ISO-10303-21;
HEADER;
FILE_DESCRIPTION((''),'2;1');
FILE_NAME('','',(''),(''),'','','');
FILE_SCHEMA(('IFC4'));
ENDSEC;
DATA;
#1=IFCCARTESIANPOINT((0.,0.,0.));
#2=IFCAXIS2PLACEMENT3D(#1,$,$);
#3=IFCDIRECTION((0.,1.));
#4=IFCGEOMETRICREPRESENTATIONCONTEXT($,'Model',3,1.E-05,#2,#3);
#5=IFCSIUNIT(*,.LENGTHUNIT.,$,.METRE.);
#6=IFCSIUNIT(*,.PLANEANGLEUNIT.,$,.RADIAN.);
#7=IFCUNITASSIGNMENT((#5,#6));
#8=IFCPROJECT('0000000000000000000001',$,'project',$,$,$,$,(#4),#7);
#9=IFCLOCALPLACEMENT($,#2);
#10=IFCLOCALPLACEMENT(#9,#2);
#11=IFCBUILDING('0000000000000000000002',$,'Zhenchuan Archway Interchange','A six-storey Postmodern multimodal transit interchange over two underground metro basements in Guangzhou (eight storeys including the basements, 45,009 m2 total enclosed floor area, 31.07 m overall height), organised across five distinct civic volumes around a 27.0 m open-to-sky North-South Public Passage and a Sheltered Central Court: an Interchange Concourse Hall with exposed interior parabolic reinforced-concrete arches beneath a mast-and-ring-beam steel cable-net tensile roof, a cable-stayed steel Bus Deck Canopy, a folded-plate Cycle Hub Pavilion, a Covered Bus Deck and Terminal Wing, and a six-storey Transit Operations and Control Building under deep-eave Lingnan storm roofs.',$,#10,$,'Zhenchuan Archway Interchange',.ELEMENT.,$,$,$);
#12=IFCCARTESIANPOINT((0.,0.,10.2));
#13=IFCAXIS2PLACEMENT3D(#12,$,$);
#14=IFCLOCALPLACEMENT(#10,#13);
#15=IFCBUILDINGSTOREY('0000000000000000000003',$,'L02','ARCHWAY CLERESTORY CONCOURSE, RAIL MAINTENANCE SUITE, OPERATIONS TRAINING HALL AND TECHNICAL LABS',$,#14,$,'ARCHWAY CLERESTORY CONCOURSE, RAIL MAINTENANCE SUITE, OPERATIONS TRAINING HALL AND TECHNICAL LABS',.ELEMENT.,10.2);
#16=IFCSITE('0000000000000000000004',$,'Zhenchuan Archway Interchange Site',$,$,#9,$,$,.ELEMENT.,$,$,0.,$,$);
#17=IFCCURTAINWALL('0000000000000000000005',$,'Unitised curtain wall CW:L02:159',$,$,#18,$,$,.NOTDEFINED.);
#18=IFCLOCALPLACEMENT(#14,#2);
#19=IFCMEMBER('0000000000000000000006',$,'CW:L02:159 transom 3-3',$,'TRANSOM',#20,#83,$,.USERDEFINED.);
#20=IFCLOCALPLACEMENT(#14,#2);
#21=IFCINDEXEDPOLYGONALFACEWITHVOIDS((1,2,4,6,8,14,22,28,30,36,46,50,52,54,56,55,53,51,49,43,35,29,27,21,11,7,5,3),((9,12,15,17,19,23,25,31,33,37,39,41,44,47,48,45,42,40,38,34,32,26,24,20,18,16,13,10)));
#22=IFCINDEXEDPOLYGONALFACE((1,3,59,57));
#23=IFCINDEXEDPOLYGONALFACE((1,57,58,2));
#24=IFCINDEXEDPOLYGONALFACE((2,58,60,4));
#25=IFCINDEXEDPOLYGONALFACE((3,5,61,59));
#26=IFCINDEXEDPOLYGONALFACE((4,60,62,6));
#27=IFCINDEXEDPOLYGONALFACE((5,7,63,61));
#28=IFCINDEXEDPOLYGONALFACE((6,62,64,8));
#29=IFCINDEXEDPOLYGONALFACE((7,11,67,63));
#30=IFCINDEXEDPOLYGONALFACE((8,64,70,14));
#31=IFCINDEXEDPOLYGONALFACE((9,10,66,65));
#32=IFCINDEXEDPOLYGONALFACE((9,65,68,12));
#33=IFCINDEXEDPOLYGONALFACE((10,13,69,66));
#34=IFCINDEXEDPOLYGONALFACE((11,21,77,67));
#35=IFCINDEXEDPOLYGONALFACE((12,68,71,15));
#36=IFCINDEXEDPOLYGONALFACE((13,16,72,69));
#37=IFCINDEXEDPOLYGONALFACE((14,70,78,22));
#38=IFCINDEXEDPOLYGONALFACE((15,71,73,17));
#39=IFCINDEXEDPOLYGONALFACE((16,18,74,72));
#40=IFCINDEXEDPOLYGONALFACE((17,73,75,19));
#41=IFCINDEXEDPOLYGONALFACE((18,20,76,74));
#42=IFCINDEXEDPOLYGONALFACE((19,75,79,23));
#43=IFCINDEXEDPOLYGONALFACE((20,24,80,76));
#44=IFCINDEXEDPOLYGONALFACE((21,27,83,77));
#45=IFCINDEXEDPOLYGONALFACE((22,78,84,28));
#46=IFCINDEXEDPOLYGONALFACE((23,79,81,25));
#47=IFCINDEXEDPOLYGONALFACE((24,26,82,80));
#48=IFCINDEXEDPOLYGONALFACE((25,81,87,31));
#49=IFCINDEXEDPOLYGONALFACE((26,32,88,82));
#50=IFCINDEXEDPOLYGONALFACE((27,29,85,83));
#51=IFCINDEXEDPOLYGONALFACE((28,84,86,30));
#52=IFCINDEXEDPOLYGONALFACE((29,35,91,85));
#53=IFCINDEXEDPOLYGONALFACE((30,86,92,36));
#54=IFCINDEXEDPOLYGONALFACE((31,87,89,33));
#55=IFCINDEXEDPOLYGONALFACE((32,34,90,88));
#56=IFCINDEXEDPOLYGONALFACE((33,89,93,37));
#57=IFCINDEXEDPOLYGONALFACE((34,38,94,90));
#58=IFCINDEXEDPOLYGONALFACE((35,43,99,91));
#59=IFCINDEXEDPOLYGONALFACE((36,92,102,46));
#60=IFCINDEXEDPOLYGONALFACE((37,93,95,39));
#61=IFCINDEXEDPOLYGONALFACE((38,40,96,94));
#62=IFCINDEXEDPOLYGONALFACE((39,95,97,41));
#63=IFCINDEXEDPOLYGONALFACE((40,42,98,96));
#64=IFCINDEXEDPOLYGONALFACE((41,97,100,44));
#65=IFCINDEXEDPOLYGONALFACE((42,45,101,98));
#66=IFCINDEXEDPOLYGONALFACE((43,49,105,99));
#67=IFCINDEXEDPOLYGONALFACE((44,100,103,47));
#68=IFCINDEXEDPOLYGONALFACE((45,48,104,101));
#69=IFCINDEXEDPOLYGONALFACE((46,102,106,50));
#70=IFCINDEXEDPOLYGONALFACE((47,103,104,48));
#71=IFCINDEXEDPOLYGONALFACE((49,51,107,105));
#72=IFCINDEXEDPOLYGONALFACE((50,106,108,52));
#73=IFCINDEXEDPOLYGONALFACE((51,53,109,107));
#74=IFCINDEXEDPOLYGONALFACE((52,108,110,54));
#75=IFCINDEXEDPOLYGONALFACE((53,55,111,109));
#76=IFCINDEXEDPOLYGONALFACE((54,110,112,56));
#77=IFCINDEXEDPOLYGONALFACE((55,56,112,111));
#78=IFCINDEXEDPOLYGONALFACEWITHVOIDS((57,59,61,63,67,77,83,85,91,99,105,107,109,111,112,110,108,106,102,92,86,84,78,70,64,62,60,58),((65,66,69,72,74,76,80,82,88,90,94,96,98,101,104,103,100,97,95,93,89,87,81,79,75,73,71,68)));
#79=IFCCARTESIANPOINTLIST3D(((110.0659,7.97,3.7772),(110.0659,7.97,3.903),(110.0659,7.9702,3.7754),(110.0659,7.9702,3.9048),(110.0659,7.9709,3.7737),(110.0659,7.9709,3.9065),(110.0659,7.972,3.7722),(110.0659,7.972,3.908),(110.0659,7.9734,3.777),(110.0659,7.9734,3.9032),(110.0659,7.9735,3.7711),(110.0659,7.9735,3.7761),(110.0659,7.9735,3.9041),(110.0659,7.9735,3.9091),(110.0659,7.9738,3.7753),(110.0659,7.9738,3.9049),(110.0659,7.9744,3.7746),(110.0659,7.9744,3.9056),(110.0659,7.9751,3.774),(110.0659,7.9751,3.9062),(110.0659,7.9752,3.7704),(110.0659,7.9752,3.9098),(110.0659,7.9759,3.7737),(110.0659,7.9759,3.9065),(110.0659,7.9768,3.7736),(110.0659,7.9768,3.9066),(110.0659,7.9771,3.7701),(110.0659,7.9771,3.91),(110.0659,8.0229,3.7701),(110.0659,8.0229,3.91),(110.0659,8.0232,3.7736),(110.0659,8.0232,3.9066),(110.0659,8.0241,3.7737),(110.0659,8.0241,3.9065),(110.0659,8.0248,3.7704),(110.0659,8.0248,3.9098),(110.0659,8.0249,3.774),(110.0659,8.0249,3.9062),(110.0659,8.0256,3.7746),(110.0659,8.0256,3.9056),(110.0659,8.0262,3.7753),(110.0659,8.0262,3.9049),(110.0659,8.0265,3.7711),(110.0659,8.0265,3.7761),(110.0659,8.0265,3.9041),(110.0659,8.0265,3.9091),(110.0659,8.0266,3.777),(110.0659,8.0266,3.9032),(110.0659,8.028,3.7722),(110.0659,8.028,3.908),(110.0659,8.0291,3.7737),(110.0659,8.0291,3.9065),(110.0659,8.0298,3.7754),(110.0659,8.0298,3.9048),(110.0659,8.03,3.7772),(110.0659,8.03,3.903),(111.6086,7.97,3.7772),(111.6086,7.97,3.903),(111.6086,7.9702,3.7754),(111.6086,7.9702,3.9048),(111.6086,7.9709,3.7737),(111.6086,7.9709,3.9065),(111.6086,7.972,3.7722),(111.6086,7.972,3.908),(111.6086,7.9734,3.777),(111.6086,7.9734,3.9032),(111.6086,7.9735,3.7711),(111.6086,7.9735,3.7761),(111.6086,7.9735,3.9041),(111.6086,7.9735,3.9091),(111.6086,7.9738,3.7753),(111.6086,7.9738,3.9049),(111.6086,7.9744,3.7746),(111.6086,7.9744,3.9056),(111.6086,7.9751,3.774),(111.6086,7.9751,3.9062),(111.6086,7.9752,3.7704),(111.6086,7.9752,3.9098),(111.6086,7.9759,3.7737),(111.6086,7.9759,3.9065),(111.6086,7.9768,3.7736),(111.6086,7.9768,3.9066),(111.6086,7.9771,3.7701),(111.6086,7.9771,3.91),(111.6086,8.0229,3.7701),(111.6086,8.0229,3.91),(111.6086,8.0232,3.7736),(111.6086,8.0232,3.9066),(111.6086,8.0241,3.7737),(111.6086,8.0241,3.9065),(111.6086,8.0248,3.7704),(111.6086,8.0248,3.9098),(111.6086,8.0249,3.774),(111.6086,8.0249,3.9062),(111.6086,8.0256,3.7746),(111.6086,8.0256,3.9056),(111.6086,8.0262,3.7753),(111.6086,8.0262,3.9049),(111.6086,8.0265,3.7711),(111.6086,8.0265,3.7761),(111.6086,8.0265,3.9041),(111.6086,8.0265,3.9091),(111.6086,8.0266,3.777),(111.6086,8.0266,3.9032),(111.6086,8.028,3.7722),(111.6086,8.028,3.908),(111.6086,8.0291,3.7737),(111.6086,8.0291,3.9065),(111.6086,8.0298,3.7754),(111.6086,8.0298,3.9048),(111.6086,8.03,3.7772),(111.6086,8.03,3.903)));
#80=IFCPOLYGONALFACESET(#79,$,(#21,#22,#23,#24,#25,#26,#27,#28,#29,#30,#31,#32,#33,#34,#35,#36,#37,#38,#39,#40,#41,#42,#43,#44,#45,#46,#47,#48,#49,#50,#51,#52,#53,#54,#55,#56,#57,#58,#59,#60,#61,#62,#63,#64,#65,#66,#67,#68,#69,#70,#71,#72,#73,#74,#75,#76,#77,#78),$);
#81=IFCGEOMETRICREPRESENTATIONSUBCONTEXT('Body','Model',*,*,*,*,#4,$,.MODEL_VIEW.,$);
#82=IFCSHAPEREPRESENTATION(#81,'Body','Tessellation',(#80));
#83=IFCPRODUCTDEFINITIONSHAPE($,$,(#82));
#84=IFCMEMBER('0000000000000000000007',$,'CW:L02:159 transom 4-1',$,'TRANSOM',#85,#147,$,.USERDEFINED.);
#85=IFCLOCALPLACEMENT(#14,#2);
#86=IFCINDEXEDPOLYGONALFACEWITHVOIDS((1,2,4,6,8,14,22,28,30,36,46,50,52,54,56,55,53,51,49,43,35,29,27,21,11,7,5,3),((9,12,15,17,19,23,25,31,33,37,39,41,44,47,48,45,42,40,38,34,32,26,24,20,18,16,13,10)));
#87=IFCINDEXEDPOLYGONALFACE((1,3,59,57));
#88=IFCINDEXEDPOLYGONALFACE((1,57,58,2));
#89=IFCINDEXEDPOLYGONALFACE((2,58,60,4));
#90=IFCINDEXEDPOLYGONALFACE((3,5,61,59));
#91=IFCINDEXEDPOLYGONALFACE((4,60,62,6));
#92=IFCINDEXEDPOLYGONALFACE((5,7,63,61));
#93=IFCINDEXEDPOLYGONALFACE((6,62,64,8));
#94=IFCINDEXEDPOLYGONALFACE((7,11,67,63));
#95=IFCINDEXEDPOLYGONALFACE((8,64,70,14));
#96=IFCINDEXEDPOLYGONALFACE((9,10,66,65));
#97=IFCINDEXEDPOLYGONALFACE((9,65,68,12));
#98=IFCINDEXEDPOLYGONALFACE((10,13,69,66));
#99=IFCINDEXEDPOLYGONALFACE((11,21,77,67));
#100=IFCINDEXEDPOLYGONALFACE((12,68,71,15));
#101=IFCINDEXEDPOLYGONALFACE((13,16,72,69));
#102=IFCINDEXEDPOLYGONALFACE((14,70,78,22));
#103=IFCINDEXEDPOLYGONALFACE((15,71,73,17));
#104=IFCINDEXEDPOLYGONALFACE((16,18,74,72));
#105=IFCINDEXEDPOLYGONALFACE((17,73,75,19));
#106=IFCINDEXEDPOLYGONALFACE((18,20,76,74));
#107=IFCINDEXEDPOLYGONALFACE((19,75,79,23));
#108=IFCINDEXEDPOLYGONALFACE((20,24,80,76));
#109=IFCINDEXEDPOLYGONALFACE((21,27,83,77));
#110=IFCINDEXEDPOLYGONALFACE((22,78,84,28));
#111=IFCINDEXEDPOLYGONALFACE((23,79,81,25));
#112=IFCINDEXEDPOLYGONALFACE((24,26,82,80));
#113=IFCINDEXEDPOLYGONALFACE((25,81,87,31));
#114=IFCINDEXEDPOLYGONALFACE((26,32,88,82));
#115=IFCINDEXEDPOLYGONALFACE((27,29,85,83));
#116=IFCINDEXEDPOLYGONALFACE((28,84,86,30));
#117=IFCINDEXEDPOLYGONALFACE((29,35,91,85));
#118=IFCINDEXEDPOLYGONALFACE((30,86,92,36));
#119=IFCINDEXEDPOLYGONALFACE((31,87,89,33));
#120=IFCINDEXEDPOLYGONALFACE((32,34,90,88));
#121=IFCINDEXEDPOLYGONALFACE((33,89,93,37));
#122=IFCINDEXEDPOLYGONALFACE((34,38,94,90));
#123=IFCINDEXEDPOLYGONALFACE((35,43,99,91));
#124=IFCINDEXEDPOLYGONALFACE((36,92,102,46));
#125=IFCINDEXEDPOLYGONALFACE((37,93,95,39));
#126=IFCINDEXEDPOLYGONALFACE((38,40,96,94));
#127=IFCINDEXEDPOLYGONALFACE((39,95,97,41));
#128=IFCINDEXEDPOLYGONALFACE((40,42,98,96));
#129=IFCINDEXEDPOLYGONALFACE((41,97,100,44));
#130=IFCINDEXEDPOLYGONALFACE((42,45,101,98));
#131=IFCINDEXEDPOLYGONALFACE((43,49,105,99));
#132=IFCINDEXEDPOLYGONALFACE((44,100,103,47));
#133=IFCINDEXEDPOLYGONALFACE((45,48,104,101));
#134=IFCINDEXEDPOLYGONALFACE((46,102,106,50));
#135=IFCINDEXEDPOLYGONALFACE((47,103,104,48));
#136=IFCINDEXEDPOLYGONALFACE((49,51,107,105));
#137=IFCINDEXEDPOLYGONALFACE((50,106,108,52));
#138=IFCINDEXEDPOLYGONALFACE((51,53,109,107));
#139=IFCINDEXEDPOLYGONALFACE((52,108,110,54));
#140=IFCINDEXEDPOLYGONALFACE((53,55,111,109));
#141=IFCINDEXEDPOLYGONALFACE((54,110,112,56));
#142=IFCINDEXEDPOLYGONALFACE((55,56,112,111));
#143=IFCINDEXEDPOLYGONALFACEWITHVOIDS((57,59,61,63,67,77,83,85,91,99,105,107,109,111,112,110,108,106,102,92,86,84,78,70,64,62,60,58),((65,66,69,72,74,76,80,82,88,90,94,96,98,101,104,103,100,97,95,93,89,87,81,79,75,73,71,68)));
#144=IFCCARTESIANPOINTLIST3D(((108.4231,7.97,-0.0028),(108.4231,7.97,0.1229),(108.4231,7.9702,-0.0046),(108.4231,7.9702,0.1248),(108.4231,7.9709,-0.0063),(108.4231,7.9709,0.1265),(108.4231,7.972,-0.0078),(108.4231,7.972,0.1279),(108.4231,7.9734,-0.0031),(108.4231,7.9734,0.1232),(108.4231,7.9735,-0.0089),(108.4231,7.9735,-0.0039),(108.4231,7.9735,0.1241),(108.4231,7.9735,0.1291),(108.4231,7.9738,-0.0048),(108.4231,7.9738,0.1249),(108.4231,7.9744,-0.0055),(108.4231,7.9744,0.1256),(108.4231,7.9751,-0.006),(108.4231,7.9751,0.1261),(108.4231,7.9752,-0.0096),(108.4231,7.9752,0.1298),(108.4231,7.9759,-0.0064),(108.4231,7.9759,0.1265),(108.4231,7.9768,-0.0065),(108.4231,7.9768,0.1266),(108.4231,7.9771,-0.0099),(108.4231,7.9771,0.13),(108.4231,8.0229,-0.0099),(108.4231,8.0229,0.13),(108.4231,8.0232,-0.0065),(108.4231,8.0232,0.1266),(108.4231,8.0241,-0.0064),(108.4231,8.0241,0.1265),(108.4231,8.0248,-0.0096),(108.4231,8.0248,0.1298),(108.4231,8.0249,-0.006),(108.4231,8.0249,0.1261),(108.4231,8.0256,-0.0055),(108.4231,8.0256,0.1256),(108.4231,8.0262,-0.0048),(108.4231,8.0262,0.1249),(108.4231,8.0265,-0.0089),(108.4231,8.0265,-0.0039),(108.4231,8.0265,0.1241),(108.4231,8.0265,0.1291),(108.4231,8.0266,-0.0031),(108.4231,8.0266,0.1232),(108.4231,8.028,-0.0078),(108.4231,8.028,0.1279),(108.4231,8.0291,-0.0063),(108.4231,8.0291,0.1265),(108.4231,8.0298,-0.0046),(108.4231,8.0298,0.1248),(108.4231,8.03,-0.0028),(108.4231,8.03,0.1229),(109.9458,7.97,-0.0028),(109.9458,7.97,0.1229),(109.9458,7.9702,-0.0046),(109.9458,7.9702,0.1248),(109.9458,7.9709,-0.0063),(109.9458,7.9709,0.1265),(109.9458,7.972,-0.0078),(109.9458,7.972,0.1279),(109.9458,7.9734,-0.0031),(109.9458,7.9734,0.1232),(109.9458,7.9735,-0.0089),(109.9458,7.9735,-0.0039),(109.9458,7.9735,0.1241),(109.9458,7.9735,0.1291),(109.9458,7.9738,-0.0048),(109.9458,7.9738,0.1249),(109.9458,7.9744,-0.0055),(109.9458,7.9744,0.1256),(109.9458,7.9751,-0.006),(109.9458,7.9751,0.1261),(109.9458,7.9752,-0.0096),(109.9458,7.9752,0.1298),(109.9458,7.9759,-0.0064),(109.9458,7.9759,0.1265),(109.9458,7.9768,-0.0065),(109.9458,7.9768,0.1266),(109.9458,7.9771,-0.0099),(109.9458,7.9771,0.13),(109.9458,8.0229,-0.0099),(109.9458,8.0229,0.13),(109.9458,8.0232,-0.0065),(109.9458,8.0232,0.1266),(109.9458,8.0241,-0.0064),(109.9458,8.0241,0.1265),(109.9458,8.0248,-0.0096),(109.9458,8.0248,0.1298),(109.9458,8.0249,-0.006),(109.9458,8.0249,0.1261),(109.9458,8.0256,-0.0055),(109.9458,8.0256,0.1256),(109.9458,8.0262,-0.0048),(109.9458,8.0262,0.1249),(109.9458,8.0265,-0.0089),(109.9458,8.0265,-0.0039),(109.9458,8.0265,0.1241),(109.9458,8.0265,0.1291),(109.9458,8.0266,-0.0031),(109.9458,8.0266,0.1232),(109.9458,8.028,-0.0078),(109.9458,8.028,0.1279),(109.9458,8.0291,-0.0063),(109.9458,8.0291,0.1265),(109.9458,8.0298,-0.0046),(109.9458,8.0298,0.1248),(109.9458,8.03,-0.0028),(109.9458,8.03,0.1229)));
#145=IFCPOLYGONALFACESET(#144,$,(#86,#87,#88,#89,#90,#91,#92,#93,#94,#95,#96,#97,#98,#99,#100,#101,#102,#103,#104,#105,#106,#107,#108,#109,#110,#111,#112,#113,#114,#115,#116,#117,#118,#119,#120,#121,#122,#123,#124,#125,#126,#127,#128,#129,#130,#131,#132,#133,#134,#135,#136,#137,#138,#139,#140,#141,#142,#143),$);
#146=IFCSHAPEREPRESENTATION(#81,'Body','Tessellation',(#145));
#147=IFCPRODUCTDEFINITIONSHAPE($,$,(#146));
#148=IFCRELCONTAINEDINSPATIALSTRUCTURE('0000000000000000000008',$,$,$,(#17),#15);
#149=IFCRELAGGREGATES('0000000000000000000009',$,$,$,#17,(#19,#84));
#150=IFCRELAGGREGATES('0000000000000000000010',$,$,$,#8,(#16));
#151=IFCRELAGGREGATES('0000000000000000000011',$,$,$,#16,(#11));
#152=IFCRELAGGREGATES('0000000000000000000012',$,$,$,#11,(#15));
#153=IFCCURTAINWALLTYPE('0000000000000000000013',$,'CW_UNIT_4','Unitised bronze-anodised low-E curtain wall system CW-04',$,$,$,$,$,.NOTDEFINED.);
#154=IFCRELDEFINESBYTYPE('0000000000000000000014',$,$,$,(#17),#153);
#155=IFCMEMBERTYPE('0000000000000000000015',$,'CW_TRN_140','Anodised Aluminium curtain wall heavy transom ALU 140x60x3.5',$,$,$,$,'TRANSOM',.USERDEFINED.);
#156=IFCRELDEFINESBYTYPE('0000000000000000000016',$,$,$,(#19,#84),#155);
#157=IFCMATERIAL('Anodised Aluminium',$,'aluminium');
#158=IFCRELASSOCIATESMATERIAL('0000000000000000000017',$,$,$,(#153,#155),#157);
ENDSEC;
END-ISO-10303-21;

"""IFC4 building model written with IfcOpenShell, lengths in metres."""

from ifc_helpers import new_model, si_unit, direction, frame, origin, origin_2d, place, context, subcontext, project, spatial, hollow_rectangle, extrude, material, material_profile, profile_set, type_object, element, aggregate, save


model = new_model("IFC4")

# Units and contexts
model_context = context("Model", 3, precision=1e-05, world=origin(), true_north=direction((0.0, 1.0)))
body_context = subcontext(model_context, "Body", "Model", "MODEL_VIEW")
ifc_project = project(units=[si_unit("LENGTHUNIT", "METRE"), si_unit("PLANEANGLEUNIT", "RADIAN")], contexts=[model_context])

# Site, building, storey
site_placement = place(None, origin())
site = spatial("IfcSite", under=ifc_project, at=site_placement, Name="Zhenchuan Archway Interchange Site", CompositionType="ELEMENT", RefElevation=0.0)
building_placement = place(site_placement, origin())
building = spatial("IfcBuilding", under=site, at=building_placement, Name="Zhenchuan Archway Interchange", Description="A six-storey Postmodern multimodal transit interchange over two underground metro basements in Guangzhou (eight storeys including the basements, 45,009 m2 total enclosed floor area, 31.07 m overall height), organised across five distinct civic volumes around a 27.0 m open-to-sky North-South Public Passage and a Sheltered Central Court: an Interchange Concourse Hall with exposed interior parabolic reinforced-concrete arches beneath a mast-and-ring-beam steel cable-net tensile roof, a cable-stayed steel Bus Deck Canopy, a folded-plate Cycle Hub Pavilion, a Covered Bus Deck and Terminal Wing, and a six-storey Transit Operations and Control Building under deep-eave Lingnan storm roofs.", LongName="Zhenchuan Archway Interchange", CompositionType="ELEMENT")
storey_placement = place(building_placement, frame((0.0, 0.0, 10.2)))
storey = spatial("IfcBuildingStorey", under=building, at=storey_placement, Name="L02", Description="ARCHWAY CLERESTORY CONCOURSE, RAIL MAINTENANCE SUITE, OPERATIONS TRAINING HALL AND TECHNICAL LABS", LongName="ARCHWAY CLERESTORY CONCOURSE, RAIL MAINTENANCE SUITE, OPERATIONS TRAINING HALL AND TECHNICAL LABS", CompositionType="ELEMENT", Elevation=10.2)

# Curtain wall, members
ifc_material_1 = material(Name="Anodised Aluminium", Category="aluminium")
curtain_wall_type = type_object("IfcCurtainWallType", Name="CW_UNIT_4", Description="Unitised bronze-anodised low-E curtain wall system CW-04", PredefinedType="NOTDEFINED", material=ifc_material_1)
curtain_wall_placement = place(storey_placement, origin())
curtain_wall = element("IfcCurtainWall", 1, at=curtain_wall_placement, inside=storey, type_object=curtain_wall_type, Name="Unitised curtain wall CW:L02:159", PredefinedType="NOTDEFINED")
ifc_material_profile_1 = material_profile(ifc_material_1, hollow_rectangle(XDim=0.0601, YDim=0.1399, WallThickness=0.0034, InnerFilletRadius=0.0034, OuterFilletRadius=0.0071, at=origin_2d()), Name="ALU 140x60x3.5")
ifc_profile_set_1 = profile_set([ifc_material_profile_1], Name="Anodised Aluminium")
member_type_1 = type_object("IfcMemberType", Name="CW_TRN_140", Description="Anodised Aluminium curtain wall heavy transom ALU 140x60x3.5", ElementType="TRANSOM", PredefinedType="USERDEFINED", material=ifc_profile_set_1)
member_1_placement = place(storey_placement, frame((111.6086, 8.0, 3.8401), z_axis=(-1.0, 0.0, 0.0), x_axis=(0.0, -1.0, 0.0)))
member_1 = element("IfcMember", 2, at=member_1_placement, type_object=member_type_1, Name="CW:L02:159 transom 3-3", ObjectType="TRANSOM", PredefinedType="USERDEFINED", context=body_context, shape_type="SweptSolid", body=[
    extrude(hollow_rectangle(XDim=0.0601, YDim=0.1399, WallThickness=0.0034, InnerFilletRadius=0.0034, OuterFilletRadius=0.0071, at=origin_2d()), origin(), (0.0, 0.0, 1.0), 1.5427),
])
member_2_placement = place(storey_placement, frame((109.9458, 8.0, 0.0601), z_axis=(-1.0, 0.0, 0.0), x_axis=(0.0, -1.0, 0.0)))
member_2 = element("IfcMember", 3, at=member_2_placement, type_object=member_type_1, Name="CW:L02:159 transom 4-1", ObjectType="TRANSOM", PredefinedType="USERDEFINED", context=body_context, shape_type="SweptSolid", body=[
    extrude(hollow_rectangle(XDim=0.0601, YDim=0.1399, WallThickness=0.0034, InnerFilletRadius=0.0034, OuterFilletRadius=0.0071, at=origin_2d()), origin(), (0.0, 0.0, 1.0), 1.5227),
])

aggregate(curtain_wall, [member_1, member_2])

save(model, "model.ifc")
